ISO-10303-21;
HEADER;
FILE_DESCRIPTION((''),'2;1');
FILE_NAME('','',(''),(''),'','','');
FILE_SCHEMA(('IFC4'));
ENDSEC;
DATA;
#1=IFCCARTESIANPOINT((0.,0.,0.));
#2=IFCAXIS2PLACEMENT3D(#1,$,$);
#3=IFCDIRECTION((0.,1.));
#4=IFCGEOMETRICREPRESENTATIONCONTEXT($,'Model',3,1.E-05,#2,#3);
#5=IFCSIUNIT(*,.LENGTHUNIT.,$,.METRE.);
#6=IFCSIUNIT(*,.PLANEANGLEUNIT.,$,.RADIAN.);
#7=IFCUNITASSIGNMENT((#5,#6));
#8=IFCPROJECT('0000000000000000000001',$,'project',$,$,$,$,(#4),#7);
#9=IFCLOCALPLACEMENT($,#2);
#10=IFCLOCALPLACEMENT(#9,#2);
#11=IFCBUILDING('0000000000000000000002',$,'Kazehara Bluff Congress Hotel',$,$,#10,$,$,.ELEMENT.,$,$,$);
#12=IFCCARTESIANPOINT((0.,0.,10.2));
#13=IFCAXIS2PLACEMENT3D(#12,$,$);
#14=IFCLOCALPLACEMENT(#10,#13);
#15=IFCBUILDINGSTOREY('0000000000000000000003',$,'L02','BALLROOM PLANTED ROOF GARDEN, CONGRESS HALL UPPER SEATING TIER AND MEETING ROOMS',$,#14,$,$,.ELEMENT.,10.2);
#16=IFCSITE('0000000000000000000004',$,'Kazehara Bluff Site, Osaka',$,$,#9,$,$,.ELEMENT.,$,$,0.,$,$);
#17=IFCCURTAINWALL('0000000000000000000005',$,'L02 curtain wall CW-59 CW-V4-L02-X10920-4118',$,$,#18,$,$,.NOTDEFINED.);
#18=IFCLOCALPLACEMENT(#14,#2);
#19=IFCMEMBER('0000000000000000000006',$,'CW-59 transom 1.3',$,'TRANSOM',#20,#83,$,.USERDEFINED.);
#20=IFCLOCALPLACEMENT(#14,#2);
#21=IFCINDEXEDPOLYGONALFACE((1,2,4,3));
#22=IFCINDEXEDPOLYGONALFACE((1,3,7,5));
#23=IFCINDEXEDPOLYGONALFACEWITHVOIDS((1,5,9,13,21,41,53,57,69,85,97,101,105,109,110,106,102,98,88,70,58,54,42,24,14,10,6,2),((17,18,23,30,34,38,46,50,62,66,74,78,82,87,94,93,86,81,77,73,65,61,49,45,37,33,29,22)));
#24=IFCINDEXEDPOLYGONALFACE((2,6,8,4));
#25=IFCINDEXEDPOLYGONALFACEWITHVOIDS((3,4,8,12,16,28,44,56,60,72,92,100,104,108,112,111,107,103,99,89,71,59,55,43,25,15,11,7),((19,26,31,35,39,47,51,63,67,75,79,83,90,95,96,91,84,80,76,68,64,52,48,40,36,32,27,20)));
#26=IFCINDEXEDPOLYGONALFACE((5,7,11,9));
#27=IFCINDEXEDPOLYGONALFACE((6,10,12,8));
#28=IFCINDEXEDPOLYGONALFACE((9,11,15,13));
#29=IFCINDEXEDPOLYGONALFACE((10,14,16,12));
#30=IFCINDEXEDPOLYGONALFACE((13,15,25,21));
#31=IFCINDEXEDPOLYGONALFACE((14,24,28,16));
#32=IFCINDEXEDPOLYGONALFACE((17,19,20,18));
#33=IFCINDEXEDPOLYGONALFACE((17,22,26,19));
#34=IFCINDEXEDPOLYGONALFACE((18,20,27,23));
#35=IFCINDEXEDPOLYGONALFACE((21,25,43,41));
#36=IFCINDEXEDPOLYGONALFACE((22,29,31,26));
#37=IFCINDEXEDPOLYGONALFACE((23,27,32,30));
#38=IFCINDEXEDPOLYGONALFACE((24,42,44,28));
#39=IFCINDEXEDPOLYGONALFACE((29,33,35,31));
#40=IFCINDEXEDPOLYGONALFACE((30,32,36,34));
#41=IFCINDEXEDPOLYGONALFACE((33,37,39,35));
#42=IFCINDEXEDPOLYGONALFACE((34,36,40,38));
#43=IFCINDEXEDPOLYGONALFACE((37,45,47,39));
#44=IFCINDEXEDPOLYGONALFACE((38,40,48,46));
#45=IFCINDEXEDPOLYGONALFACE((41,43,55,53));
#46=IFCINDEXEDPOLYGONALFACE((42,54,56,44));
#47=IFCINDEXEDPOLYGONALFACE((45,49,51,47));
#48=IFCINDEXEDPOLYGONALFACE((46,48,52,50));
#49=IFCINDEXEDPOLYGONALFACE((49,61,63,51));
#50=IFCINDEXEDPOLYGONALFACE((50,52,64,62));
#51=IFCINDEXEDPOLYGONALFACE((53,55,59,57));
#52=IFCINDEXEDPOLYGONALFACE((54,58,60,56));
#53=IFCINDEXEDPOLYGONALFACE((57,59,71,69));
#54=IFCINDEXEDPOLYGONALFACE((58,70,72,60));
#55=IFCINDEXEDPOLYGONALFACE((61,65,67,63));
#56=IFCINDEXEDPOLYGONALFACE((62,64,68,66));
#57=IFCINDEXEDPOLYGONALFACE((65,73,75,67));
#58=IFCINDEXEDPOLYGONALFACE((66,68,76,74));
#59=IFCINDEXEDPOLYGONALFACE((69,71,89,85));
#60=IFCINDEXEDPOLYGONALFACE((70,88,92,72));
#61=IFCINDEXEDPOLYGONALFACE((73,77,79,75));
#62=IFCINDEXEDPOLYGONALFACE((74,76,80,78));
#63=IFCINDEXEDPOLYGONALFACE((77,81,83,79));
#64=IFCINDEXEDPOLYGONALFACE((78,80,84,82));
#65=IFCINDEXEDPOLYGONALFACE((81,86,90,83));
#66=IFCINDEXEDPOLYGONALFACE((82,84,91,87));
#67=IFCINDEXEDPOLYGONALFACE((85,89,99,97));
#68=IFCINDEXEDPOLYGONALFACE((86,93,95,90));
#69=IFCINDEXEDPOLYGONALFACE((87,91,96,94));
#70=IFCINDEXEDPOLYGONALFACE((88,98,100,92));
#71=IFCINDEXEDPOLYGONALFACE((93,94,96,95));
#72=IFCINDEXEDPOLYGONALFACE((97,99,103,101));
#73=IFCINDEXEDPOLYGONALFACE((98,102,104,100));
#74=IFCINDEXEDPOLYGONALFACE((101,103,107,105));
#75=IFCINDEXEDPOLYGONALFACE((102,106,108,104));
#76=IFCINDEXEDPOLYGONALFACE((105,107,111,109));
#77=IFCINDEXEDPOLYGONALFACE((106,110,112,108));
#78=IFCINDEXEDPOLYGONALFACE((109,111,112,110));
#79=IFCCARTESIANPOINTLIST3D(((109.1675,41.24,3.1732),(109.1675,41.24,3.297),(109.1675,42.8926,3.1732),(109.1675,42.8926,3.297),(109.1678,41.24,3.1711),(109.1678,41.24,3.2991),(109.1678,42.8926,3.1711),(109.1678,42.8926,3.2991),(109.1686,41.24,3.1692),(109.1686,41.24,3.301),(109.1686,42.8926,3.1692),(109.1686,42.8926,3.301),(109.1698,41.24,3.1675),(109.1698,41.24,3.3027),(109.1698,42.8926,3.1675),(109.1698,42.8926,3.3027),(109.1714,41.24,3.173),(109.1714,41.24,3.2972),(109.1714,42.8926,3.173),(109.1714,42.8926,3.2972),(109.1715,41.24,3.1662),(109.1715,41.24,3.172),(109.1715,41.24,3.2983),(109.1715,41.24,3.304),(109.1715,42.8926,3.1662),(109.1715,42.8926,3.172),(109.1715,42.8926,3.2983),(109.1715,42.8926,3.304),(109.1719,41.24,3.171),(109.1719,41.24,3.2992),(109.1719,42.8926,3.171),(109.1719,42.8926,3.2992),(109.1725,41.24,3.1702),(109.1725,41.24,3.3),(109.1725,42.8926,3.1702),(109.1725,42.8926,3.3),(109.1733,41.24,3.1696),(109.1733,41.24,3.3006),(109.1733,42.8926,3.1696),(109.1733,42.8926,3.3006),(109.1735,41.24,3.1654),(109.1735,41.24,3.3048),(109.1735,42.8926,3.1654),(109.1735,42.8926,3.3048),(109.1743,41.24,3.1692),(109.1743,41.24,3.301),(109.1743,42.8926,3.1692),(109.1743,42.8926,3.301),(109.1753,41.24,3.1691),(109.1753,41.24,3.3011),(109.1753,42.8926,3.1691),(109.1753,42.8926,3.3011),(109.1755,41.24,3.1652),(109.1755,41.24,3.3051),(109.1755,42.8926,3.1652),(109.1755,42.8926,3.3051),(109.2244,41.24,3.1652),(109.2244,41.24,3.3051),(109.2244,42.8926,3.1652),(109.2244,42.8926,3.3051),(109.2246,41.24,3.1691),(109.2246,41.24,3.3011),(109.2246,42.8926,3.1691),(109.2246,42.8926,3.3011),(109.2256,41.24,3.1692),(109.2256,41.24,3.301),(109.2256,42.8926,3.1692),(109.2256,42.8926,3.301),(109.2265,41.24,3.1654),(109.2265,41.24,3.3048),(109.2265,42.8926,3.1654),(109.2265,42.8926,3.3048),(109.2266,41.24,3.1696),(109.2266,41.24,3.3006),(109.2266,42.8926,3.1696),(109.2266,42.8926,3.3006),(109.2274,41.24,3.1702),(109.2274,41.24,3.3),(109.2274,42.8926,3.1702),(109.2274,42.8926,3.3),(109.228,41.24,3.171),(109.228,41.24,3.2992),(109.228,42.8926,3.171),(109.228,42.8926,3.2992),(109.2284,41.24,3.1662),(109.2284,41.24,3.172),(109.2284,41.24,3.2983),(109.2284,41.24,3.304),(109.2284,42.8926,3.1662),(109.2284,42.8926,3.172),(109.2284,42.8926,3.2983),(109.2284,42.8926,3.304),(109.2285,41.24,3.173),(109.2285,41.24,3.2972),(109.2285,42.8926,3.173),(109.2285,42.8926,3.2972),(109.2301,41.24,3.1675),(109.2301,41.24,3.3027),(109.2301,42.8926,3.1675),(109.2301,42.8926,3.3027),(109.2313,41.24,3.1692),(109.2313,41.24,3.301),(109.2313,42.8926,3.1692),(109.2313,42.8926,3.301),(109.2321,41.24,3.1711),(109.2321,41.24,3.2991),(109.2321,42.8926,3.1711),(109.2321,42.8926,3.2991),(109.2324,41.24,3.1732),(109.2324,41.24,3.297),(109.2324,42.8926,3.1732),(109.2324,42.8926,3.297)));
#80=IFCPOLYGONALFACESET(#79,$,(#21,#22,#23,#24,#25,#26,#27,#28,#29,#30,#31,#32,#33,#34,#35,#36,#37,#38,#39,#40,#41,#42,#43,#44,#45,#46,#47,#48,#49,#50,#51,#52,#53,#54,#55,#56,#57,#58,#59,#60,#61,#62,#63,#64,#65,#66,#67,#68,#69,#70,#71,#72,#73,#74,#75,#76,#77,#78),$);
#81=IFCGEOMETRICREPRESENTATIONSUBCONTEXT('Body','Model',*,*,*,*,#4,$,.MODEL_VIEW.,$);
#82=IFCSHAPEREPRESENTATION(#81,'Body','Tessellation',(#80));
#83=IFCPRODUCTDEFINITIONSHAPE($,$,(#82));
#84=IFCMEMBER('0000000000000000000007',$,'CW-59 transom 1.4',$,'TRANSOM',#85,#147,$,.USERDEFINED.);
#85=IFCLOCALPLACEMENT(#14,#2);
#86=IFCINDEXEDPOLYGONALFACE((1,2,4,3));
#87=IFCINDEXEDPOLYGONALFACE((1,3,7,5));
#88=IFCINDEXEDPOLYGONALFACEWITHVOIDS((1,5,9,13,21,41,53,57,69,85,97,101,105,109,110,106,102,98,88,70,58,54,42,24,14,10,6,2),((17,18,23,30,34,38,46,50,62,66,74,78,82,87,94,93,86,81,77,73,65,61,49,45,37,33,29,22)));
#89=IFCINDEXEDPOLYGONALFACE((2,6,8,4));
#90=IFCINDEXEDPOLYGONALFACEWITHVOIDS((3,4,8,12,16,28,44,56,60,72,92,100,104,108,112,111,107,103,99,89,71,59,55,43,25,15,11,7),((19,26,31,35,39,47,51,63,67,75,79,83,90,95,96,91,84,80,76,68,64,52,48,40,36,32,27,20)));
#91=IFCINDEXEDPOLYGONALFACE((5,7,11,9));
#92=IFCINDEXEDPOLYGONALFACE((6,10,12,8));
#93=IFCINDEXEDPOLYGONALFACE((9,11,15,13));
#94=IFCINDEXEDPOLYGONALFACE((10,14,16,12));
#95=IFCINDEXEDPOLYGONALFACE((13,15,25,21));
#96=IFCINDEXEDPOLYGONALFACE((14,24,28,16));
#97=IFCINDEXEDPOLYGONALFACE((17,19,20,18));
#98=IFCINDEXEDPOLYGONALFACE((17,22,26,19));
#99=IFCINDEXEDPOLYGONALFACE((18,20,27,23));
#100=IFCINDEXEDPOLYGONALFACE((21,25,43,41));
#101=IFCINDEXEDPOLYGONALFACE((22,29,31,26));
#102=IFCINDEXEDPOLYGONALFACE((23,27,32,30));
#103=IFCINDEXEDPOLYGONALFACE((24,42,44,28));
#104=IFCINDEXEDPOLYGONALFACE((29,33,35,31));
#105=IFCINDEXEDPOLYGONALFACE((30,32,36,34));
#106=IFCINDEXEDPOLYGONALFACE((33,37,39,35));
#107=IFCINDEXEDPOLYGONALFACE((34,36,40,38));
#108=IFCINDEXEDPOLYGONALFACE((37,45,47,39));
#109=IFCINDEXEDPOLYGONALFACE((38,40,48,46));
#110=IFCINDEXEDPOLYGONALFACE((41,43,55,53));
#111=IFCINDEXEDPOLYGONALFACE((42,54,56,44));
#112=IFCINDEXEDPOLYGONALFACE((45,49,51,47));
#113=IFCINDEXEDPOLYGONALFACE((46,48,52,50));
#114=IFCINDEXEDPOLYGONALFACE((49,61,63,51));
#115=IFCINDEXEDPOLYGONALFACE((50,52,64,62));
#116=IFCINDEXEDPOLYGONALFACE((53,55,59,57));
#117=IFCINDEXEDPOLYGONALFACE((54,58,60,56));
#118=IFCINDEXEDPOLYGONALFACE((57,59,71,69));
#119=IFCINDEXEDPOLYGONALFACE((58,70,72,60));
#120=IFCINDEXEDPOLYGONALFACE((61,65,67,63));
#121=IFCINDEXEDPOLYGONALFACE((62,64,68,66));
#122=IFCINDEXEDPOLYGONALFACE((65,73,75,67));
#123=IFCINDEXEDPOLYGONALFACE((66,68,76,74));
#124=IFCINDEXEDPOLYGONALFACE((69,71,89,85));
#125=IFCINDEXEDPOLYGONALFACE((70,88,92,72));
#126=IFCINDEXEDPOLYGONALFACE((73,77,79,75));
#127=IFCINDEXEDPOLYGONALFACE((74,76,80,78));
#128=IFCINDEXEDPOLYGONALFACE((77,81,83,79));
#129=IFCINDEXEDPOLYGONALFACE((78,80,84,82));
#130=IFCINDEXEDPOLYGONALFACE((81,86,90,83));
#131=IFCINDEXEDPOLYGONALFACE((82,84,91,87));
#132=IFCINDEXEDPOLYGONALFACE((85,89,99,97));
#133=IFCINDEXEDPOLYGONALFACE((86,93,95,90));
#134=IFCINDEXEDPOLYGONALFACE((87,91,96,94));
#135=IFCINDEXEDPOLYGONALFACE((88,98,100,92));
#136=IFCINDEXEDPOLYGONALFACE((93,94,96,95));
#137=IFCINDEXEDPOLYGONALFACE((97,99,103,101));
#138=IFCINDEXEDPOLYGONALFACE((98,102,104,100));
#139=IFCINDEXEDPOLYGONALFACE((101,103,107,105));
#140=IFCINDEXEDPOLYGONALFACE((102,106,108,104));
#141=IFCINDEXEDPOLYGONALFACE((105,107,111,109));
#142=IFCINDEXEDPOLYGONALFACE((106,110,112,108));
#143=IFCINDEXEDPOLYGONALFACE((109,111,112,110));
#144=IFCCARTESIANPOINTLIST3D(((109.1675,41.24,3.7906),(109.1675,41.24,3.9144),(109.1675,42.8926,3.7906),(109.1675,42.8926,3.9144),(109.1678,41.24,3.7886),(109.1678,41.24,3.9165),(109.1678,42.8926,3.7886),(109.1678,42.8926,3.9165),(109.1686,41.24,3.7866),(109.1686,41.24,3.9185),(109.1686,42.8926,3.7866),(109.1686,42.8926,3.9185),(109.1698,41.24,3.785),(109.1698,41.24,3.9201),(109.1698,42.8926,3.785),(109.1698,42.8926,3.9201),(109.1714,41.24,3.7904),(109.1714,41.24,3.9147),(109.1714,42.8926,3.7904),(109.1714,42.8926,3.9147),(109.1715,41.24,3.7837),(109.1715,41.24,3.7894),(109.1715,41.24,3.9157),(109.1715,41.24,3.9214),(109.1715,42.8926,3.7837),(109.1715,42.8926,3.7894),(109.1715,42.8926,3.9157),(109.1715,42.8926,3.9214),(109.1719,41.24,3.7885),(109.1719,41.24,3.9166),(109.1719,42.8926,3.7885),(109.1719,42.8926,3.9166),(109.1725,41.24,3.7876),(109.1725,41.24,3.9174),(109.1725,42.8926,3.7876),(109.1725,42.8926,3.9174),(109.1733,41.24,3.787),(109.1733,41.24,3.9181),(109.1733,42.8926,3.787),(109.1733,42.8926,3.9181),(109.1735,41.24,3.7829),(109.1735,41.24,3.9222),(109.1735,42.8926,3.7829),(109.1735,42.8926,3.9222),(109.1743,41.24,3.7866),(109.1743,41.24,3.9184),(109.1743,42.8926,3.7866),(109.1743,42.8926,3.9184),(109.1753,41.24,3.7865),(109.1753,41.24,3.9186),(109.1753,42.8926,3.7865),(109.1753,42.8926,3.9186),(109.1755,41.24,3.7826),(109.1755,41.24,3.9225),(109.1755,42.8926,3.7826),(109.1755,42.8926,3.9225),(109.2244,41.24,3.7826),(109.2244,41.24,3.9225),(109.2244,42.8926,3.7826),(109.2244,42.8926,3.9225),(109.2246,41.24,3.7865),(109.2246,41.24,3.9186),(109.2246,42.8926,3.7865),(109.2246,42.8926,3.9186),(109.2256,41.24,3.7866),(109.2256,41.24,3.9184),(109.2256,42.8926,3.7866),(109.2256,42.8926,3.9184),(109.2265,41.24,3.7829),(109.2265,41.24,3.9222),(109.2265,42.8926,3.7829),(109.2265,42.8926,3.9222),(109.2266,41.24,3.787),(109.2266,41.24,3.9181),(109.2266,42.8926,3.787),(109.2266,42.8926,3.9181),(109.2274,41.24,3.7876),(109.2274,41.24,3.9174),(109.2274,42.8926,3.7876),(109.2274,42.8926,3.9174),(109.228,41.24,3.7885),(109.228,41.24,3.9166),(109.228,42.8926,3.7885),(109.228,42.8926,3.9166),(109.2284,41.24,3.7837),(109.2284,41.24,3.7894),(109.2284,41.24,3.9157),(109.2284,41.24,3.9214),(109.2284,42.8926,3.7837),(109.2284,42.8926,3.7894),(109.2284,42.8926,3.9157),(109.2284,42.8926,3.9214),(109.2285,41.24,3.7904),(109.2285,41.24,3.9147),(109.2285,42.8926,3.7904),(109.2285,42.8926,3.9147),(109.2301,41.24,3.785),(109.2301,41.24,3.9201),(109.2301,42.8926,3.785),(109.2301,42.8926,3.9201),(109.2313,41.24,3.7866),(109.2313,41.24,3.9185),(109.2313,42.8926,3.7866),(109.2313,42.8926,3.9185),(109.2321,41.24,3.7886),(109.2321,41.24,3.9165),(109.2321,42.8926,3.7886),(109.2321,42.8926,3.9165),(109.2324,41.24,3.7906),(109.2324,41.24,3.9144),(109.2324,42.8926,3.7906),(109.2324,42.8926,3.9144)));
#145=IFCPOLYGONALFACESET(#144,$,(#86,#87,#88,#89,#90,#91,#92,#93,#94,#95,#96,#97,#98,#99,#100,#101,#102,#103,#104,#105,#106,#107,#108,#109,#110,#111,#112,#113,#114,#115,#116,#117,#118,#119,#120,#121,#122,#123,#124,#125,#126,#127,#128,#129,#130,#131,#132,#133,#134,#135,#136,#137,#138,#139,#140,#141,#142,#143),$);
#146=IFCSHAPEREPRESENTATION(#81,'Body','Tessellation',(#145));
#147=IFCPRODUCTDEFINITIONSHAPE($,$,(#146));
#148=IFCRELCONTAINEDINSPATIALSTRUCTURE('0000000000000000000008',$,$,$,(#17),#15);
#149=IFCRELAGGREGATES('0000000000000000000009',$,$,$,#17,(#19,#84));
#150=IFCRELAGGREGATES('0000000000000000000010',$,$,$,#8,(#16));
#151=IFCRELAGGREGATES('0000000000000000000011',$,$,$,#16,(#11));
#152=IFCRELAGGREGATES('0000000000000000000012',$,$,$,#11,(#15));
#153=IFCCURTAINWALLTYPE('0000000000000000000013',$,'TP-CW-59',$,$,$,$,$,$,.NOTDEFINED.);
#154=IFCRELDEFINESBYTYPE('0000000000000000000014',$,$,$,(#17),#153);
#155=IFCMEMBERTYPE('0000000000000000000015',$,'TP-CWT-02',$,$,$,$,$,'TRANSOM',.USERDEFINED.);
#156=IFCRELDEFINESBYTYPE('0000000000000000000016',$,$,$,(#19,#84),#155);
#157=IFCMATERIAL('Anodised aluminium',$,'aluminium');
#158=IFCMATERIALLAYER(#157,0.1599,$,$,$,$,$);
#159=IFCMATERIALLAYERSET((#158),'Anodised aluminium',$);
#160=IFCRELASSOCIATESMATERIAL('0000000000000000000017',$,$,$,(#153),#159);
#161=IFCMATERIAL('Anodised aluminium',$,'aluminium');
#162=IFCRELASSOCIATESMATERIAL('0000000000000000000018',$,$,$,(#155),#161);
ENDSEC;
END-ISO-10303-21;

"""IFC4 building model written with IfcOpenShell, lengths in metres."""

from ifc_helpers import new_model, si_unit, direction, frame, origin, origin_2d, place, context, subcontext, project, spatial, hollow_rectangle, extrude, material, layer, layer_set, material_profile, profile_set, type_object, element, aggregate, save


model = new_model("IFC4")

# Units and contexts
model_context = context("Model", 3, precision=1e-05, world=origin(), true_north=direction((0.0, 1.0)))
body_context = subcontext(model_context, "Body", "Model", "MODEL_VIEW")
ifc_project = project(units=[si_unit("LENGTHUNIT", "METRE"), si_unit("PLANEANGLEUNIT", "RADIAN")], contexts=[model_context])

# Site, building, storey
site_placement = place(None, origin())
site = spatial("IfcSite", under=ifc_project, at=site_placement, Name="Kazehara Bluff Site, Osaka", CompositionType="ELEMENT", RefElevation=0.0)
building_placement = place(site_placement, origin())
building = spatial("IfcBuilding", under=site, at=building_placement, Name="Kazehara Bluff Congress Hotel", CompositionType="ELEMENT")
storey_placement = place(building_placement, frame((0.0, 0.0, 10.2)))
storey = spatial("IfcBuildingStorey", under=building, at=storey_placement, Name="L02", Description="BALLROOM PLANTED ROOF GARDEN, CONGRESS HALL UPPER SEATING TIER AND MEETING ROOMS", CompositionType="ELEMENT", Elevation=10.2)

# Curtain wall
ifc_material_1 = material(Name="Anodised aluminium", Category="aluminium")
ifc_layer_1 = layer(ifc_material_1, 0.1599)
ifc_layer_set_1 = layer_set([ifc_layer_1], Name="Anodised aluminium")
curtain_wall_type_1 = type_object("IfcCurtainWallType", Name="TP-CW-59", PredefinedType="NOTDEFINED", material=ifc_layer_set_1)
curtain_wall_1_placement = place(storey_placement, origin())
curtain_wall_1 = element("IfcCurtainWall", 1, at=curtain_wall_1_placement, inside=storey, type_object=curtain_wall_type_1, Name="L02 curtain wall CW-59 CW-V4-L02-X10920-4118", PredefinedType="NOTDEFINED")

# Members
ifc_material_2 = material(Name="Anodised aluminium", Category="aluminium")
ifc_material_profile_1 = material_profile(ifc_material_2, hollow_rectangle(XDim=0.0649, YDim=0.1399, WallThickness=0.0039, InnerFilletRadius=0.0039, OuterFilletRadius=0.0081, at=origin_2d()))
ifc_profile_set_1 = profile_set([ifc_material_profile_1], Name="Anodised aluminium")
member_type_1 = type_object("IfcMemberType", Name="TP-CWT-02", ElementType="TRANSOM", PredefinedType="USERDEFINED", material=ifc_profile_set_1)
member_1_placement = place(storey_placement, frame((109.2, 41.24, 3.2351), z_axis=(0.0, 1.0, 0.0), x_axis=(-1.0, 0.0, 0.0)))
member_1 = element("IfcMember", 2, at=member_1_placement, type_object=member_type_1, Name="CW-59 transom 1.3", ObjectType="TRANSOM", PredefinedType="USERDEFINED", context=body_context, shape_type="SweptSolid", body=[
    extrude(hollow_rectangle(XDim=0.0649, YDim=0.1399, WallThickness=0.0039, InnerFilletRadius=0.0039, OuterFilletRadius=0.0081, at=origin_2d()), origin(), (0.0, 0.0, 1.0), 1.6526),
])
member_2_placement = place(storey_placement, frame((109.2, 41.24, 3.8525), z_axis=(0.0, 1.0, 0.0), x_axis=(-1.0, 0.0, 0.0)))
member_2 = element("IfcMember", 3, at=member_2_placement, type_object=member_type_1, Name="CW-59 transom 1.4", ObjectType="TRANSOM", PredefinedType="USERDEFINED", context=body_context, shape_type="SweptSolid", body=[
    extrude(hollow_rectangle(XDim=0.0649, YDim=0.1399, WallThickness=0.0039, InnerFilletRadius=0.0039, OuterFilletRadius=0.0081, at=origin_2d()), origin(), (0.0, 0.0, 1.0), 1.6526),
])

aggregate(curtain_wall_1, [member_1, member_2])

save(model, "model.ifc")
